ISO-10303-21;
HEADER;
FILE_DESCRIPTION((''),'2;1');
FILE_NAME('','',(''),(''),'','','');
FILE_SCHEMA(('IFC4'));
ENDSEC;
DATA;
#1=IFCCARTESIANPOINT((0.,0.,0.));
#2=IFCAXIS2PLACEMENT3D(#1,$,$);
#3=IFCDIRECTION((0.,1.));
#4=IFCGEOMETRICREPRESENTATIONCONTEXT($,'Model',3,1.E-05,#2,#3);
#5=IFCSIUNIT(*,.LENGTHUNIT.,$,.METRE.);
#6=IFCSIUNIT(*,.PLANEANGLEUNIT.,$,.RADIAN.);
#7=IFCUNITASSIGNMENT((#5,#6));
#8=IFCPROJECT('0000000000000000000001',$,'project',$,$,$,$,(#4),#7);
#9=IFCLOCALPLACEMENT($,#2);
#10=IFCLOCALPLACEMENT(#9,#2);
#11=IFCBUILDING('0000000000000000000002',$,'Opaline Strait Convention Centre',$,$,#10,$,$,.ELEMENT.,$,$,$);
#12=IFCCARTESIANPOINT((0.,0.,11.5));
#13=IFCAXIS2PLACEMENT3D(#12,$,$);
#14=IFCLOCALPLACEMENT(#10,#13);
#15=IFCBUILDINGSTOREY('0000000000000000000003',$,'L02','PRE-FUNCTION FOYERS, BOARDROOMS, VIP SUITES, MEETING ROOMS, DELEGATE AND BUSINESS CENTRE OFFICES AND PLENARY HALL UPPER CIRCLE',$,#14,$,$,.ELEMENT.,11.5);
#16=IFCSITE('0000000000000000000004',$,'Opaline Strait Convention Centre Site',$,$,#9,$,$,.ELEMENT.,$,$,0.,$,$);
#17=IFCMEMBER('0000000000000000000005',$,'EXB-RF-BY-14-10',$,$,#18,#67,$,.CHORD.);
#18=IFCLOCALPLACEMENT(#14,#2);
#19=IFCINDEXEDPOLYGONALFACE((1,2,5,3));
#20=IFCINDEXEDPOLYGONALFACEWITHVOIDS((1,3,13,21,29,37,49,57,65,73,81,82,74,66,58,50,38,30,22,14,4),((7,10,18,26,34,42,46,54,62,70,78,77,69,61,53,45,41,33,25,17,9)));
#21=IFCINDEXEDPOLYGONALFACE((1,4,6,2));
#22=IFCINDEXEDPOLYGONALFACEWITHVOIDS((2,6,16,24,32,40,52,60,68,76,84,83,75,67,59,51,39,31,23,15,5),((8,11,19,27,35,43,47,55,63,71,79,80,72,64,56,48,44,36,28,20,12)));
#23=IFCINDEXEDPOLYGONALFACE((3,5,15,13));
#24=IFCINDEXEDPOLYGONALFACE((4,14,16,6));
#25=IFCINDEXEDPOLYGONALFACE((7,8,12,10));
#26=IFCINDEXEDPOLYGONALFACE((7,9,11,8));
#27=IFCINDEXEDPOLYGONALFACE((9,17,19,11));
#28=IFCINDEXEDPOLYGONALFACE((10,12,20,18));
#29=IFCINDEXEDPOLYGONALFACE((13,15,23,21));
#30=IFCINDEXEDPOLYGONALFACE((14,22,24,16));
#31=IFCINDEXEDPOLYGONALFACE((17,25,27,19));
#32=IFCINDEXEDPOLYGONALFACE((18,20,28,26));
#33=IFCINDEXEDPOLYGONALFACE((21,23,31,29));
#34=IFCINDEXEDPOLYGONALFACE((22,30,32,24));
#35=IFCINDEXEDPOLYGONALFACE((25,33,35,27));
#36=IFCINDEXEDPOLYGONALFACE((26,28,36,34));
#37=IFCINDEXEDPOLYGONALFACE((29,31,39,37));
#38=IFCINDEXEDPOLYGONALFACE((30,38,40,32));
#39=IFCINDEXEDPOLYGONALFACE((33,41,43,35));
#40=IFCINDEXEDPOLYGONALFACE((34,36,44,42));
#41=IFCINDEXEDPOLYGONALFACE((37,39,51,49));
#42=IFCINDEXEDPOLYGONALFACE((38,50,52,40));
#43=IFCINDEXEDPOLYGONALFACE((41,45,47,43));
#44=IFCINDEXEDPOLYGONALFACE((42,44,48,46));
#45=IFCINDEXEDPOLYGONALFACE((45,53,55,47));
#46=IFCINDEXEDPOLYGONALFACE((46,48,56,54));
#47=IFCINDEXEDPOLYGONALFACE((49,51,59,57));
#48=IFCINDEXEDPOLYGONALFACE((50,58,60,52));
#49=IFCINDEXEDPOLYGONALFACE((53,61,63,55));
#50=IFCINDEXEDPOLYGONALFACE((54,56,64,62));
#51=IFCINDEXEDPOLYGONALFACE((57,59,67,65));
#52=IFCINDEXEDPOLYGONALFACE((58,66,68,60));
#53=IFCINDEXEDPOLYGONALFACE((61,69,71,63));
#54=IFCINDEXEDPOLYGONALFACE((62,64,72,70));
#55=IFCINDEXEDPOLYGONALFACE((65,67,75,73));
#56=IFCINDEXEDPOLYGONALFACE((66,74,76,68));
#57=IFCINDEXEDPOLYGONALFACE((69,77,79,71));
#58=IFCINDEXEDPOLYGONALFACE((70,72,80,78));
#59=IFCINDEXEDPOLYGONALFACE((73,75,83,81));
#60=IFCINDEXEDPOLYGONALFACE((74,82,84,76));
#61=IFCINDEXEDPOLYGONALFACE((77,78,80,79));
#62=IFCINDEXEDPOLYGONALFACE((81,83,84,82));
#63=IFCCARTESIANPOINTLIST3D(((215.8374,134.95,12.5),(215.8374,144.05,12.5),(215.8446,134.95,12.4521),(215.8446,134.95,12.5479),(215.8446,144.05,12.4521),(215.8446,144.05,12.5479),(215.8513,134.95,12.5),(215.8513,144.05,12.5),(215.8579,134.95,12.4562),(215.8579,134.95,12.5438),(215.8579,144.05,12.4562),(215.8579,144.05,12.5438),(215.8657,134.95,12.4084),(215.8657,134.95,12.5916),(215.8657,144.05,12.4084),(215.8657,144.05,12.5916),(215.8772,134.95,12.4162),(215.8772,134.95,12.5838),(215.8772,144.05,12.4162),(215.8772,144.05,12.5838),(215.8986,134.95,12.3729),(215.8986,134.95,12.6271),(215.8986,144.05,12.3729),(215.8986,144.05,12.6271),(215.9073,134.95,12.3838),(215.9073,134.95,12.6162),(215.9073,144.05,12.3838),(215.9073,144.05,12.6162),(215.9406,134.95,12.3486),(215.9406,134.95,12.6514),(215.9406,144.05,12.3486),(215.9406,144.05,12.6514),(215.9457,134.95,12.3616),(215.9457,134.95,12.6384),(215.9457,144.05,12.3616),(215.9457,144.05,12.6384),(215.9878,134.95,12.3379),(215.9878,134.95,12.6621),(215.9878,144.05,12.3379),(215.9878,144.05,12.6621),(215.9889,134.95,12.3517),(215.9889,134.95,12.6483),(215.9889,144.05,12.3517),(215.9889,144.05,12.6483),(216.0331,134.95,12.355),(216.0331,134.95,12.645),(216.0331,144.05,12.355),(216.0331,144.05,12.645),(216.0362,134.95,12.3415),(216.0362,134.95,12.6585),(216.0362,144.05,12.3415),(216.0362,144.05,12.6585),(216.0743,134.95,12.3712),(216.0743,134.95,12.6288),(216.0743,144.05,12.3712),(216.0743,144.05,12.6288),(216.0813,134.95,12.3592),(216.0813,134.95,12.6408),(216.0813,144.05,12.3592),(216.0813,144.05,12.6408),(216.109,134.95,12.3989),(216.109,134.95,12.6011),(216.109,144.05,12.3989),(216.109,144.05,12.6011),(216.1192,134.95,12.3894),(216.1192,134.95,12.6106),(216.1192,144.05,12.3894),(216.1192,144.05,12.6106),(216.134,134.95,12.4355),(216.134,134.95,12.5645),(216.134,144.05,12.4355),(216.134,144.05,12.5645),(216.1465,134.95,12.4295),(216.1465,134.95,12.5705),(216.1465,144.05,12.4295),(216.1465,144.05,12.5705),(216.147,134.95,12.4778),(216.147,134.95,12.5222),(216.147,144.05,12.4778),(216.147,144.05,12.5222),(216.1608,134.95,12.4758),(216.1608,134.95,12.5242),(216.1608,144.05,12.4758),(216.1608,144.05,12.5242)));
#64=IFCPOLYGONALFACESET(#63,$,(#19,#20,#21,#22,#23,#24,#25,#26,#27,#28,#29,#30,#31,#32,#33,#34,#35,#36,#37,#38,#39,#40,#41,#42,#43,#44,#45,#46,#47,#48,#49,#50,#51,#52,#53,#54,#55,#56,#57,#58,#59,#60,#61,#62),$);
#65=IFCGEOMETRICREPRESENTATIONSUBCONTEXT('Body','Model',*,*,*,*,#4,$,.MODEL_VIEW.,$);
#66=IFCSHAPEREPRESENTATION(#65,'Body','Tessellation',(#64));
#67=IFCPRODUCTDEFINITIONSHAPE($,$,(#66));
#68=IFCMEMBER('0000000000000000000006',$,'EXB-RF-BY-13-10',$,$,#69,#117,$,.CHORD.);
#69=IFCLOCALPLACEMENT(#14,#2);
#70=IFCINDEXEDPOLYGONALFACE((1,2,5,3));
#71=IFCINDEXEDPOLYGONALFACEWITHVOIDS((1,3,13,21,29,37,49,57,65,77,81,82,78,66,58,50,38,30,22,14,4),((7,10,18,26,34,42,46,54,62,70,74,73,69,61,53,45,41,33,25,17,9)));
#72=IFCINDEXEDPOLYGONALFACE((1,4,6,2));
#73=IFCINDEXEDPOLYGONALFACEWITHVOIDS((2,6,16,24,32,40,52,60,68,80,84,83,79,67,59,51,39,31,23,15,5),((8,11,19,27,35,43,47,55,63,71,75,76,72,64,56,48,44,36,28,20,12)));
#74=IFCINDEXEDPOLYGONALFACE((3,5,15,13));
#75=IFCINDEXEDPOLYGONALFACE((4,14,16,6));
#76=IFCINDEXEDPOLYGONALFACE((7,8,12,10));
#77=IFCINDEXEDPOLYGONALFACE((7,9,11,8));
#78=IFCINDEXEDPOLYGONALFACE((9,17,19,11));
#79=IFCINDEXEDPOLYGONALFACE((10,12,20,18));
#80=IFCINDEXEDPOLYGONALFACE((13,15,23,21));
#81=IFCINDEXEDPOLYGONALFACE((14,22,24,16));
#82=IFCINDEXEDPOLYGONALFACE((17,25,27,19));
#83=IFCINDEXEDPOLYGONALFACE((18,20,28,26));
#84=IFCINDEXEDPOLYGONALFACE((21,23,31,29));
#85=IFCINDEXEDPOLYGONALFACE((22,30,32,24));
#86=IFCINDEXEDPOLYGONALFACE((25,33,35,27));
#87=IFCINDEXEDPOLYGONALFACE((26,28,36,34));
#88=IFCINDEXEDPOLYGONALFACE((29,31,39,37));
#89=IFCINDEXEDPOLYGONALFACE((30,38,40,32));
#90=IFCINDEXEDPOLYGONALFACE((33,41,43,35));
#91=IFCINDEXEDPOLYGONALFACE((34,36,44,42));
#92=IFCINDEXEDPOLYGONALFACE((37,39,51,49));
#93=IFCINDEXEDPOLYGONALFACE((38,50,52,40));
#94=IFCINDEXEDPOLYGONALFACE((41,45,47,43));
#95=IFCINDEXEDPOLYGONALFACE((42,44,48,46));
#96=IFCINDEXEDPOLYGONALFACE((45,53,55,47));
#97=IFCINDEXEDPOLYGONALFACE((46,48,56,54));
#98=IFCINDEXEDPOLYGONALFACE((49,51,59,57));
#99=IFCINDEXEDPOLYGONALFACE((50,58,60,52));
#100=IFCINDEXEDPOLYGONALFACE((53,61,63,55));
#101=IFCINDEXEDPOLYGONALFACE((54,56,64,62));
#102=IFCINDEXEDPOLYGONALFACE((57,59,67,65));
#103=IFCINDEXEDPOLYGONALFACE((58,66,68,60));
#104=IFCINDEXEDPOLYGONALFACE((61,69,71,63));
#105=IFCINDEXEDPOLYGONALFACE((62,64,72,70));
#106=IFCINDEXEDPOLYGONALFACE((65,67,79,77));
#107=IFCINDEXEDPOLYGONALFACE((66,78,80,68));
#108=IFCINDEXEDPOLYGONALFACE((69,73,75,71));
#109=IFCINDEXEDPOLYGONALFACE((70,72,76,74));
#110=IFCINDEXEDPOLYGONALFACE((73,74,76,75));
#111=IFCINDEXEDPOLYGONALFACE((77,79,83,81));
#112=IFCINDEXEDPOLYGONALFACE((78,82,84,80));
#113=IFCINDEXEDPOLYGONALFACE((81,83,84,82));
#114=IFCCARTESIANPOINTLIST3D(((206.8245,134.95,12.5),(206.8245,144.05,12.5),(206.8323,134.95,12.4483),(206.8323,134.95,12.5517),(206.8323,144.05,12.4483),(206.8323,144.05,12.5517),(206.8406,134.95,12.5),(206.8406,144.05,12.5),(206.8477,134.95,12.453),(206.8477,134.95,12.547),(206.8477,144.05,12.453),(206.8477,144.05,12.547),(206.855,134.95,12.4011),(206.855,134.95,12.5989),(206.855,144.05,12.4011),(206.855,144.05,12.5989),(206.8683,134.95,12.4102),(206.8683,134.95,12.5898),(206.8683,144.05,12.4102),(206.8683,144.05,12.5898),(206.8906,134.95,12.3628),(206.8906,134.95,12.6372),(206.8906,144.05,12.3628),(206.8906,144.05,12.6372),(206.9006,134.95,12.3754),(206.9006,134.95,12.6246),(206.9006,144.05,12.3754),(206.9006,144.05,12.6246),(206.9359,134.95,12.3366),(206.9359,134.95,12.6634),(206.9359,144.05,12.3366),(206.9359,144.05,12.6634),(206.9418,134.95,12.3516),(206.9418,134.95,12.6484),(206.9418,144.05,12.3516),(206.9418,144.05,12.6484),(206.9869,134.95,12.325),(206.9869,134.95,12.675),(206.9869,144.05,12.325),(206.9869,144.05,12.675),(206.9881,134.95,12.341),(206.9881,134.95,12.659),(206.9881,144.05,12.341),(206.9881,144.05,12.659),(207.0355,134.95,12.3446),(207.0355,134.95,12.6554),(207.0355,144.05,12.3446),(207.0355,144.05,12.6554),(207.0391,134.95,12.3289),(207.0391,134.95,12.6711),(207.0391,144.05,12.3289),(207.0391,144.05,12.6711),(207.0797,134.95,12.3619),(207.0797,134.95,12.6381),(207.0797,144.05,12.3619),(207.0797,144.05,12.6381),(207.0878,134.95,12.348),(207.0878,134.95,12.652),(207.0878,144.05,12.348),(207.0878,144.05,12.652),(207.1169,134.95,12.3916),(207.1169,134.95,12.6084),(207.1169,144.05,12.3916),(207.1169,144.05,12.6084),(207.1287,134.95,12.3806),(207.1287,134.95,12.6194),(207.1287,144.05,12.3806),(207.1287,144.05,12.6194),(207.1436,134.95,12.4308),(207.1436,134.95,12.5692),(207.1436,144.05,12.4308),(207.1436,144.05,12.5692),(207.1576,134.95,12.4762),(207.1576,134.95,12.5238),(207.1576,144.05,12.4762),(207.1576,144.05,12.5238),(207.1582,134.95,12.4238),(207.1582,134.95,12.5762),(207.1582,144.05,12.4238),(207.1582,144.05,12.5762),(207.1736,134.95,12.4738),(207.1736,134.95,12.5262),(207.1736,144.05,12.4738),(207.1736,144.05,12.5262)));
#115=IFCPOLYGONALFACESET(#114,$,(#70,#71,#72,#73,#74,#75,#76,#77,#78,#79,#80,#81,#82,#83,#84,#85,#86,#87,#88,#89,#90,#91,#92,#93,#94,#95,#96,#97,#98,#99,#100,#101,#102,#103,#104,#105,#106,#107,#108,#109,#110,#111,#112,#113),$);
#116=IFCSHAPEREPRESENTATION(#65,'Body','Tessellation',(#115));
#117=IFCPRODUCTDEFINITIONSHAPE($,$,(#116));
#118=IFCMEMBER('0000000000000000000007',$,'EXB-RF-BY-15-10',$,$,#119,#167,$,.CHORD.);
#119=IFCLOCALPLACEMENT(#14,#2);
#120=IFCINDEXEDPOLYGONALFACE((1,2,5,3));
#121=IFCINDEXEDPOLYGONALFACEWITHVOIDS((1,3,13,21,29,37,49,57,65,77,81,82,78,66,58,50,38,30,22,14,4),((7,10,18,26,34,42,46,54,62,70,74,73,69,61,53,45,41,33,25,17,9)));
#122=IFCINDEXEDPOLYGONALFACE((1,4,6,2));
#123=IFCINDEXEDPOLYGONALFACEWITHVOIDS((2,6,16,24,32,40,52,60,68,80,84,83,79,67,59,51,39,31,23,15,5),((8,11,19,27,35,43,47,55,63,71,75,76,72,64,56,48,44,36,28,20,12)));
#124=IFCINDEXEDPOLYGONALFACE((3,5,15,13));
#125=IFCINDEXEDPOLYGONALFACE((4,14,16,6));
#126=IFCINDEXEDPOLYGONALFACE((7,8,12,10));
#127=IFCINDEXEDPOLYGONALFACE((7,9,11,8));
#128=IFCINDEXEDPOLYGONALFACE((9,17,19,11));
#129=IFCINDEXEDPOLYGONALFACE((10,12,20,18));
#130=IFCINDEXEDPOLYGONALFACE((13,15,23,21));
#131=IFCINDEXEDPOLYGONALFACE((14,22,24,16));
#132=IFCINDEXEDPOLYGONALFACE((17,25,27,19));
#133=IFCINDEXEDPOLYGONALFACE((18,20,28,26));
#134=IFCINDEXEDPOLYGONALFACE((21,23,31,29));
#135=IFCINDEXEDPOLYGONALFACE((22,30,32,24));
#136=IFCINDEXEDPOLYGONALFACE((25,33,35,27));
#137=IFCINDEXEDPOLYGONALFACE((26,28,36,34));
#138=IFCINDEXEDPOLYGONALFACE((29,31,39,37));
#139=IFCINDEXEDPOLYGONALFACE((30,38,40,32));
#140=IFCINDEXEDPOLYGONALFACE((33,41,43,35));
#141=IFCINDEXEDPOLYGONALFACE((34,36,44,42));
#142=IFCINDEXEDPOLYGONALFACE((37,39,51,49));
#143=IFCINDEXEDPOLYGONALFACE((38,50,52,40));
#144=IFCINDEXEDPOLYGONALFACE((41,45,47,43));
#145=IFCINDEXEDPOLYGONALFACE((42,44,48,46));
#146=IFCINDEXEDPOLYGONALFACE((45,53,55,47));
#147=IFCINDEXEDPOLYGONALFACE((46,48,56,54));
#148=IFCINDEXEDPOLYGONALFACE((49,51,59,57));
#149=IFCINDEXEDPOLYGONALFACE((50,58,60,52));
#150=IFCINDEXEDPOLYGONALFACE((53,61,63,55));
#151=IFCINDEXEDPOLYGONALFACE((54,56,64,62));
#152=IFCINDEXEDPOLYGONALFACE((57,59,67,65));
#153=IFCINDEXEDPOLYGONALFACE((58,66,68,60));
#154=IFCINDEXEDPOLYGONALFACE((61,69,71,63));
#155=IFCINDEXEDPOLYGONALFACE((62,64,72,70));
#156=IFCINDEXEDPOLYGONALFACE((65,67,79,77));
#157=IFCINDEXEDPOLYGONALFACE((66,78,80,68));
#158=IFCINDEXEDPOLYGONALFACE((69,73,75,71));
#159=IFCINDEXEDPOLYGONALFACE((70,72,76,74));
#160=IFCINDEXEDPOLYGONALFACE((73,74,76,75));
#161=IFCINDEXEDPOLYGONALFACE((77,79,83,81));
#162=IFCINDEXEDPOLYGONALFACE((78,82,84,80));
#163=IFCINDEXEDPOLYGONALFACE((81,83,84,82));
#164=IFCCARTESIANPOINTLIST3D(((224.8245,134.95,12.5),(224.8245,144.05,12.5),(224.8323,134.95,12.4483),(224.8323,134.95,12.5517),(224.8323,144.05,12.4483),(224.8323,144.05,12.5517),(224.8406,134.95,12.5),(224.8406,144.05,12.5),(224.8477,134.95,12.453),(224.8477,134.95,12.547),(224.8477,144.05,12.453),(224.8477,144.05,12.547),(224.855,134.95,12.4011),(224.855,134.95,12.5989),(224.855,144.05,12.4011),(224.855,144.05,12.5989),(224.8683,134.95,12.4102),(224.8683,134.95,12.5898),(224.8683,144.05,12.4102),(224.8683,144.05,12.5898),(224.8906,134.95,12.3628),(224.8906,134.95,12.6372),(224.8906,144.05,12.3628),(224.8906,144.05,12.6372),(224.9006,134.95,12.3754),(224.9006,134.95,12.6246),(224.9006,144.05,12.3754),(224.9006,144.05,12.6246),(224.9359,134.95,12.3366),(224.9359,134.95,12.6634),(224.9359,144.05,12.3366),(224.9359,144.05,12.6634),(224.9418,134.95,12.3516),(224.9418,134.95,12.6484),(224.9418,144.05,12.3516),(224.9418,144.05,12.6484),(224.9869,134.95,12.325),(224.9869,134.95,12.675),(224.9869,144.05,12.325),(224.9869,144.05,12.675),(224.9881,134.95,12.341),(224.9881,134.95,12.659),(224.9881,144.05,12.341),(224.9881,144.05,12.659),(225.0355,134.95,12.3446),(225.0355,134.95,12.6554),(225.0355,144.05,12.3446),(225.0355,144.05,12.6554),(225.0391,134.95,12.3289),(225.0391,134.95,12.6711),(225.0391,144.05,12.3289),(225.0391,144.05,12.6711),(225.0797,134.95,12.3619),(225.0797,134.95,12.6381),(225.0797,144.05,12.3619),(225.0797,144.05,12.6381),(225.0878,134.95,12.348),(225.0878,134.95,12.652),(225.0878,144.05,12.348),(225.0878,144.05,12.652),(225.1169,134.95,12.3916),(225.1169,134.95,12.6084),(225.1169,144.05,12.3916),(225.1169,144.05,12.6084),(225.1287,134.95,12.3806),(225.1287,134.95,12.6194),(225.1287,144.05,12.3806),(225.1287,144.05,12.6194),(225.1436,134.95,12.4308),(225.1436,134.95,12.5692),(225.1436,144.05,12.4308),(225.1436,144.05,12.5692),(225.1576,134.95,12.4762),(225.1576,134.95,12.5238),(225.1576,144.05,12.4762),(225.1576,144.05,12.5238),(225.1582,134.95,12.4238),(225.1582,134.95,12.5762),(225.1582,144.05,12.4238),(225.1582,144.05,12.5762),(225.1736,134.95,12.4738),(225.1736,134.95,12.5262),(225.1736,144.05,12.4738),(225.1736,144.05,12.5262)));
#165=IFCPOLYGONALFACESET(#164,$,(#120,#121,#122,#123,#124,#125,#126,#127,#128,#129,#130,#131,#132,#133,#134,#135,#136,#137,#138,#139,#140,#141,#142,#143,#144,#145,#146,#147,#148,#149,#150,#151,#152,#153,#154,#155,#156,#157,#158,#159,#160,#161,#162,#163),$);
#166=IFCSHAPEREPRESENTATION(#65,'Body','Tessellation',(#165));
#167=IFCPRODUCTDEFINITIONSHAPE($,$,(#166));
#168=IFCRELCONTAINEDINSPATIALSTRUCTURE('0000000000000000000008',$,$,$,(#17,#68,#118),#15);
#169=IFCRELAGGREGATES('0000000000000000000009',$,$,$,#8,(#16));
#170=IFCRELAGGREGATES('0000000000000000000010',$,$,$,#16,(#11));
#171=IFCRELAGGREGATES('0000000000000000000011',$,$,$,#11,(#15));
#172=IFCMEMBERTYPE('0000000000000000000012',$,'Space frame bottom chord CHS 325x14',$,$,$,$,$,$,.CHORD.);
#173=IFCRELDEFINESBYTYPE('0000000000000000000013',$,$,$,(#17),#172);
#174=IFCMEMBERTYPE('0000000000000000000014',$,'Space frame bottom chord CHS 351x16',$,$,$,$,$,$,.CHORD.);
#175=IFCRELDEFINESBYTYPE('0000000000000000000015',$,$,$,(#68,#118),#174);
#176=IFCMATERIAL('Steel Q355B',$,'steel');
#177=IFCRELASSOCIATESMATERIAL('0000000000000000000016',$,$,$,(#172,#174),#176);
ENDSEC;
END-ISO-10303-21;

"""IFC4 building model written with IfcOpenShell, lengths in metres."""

from ifc_helpers import new_model, si_unit, direction, frame, origin, origin_2d, place, context, subcontext, project, spatial, hollow_circle, extrude, material, material_profile, profile_set, type_object, element, save


model = new_model("IFC4")

# Units and contexts
model_context = context("Model", 3, precision=1e-05, world=origin(), true_north=direction((0.0, 1.0)))
body_context = subcontext(model_context, "Body", "Model", "MODEL_VIEW")
ifc_project = project(units=[si_unit("LENGTHUNIT", "METRE"), si_unit("PLANEANGLEUNIT", "RADIAN")], contexts=[model_context])

# Site, building, storey
site_placement = place(None, origin())
site = spatial("IfcSite", under=ifc_project, at=site_placement, Name="Opaline Strait Convention Centre Site", CompositionType="ELEMENT", RefElevation=0.0)
building_placement = place(site_placement, origin())
building = spatial("IfcBuilding", under=site, at=building_placement, Name="Opaline Strait Convention Centre", CompositionType="ELEMENT")
storey_placement = place(building_placement, frame((0.0, 0.0, 11.5)))
storey = spatial("IfcBuildingStorey", under=building, at=storey_placement, Name="L02", Description="PRE-FUNCTION FOYERS, BOARDROOMS, VIP SUITES, MEETING ROOMS, DELEGATE AND BUSINESS CENTRE OFFICES AND PLENARY HALL UPPER CIRCLE", CompositionType="ELEMENT", Elevation=11.5)

# Members
ifc_material_1 = material(Name="Steel Q355B", Category="steel")
ifc_material_profile_1 = material_profile(ifc_material_1, hollow_circle(Radius=0.1626, WallThickness=0.0139, at=origin_2d()), Name="CHS 325x14")
ifc_profile_set_1 = profile_set([ifc_material_profile_1], Name="Steel Q355B")
member_type_1 = type_object("IfcMemberType", Name="Space frame bottom chord CHS 325x14", PredefinedType="CHORD", material=ifc_profile_set_1)
member_placement = place(storey_placement, frame((216.0, 134.95, 12.5), z_axis=(0.0, 1.0, 0.0), x_axis=(-1.0, 0.0, 0.0)))
element("IfcMember", 1, at=member_placement, inside=storey, type_object=member_type_1, Name="EXB-RF-BY-14-10", PredefinedType="CHORD", context=body_context, shape_type="SweptSolid", body=[
    extrude(hollow_circle(Radius=0.1626, WallThickness=0.0139, at=origin_2d()), origin(), (0.0, 0.0, 1.0), 9.1001),
])
ifc_material_profile_2 = material_profile(ifc_material_1, hollow_circle(Radius=0.1755, WallThickness=0.0161, at=origin_2d()), Name="CHS 351x16")
ifc_profile_set_2 = profile_set([ifc_material_profile_2], Name="Steel Q355B")
member_type_2 = type_object("IfcMemberType", Name="Space frame bottom chord CHS 351x16", PredefinedType="CHORD", material=ifc_profile_set_2)
for number, where, z_axis, x_axis, name in (
    (2, (207.0, 134.95, 12.5), (0.0, 1.0, 0.0), (-1.0, 0.0, 0.0), "EXB-RF-BY-13-10"),
    (3, (225.0, 134.95, 12.5), (0.0, 1.0, 0.0), (-1.0, 0.0, 0.0), "EXB-RF-BY-15-10"),
):
    element("IfcMember", number, at=place(storey_placement, frame(where, z_axis=z_axis, x_axis=x_axis)), inside=storey, type_object=member_type_2, Name=name, PredefinedType="CHORD", context=body_context, shape_type="SweptSolid", body=[
        extrude(hollow_circle(Radius=0.1755, WallThickness=0.0161, at=origin_2d()), origin(), (0.0, 0.0, 1.0), 9.1001),
    ])

save(model, "model.ifc")
